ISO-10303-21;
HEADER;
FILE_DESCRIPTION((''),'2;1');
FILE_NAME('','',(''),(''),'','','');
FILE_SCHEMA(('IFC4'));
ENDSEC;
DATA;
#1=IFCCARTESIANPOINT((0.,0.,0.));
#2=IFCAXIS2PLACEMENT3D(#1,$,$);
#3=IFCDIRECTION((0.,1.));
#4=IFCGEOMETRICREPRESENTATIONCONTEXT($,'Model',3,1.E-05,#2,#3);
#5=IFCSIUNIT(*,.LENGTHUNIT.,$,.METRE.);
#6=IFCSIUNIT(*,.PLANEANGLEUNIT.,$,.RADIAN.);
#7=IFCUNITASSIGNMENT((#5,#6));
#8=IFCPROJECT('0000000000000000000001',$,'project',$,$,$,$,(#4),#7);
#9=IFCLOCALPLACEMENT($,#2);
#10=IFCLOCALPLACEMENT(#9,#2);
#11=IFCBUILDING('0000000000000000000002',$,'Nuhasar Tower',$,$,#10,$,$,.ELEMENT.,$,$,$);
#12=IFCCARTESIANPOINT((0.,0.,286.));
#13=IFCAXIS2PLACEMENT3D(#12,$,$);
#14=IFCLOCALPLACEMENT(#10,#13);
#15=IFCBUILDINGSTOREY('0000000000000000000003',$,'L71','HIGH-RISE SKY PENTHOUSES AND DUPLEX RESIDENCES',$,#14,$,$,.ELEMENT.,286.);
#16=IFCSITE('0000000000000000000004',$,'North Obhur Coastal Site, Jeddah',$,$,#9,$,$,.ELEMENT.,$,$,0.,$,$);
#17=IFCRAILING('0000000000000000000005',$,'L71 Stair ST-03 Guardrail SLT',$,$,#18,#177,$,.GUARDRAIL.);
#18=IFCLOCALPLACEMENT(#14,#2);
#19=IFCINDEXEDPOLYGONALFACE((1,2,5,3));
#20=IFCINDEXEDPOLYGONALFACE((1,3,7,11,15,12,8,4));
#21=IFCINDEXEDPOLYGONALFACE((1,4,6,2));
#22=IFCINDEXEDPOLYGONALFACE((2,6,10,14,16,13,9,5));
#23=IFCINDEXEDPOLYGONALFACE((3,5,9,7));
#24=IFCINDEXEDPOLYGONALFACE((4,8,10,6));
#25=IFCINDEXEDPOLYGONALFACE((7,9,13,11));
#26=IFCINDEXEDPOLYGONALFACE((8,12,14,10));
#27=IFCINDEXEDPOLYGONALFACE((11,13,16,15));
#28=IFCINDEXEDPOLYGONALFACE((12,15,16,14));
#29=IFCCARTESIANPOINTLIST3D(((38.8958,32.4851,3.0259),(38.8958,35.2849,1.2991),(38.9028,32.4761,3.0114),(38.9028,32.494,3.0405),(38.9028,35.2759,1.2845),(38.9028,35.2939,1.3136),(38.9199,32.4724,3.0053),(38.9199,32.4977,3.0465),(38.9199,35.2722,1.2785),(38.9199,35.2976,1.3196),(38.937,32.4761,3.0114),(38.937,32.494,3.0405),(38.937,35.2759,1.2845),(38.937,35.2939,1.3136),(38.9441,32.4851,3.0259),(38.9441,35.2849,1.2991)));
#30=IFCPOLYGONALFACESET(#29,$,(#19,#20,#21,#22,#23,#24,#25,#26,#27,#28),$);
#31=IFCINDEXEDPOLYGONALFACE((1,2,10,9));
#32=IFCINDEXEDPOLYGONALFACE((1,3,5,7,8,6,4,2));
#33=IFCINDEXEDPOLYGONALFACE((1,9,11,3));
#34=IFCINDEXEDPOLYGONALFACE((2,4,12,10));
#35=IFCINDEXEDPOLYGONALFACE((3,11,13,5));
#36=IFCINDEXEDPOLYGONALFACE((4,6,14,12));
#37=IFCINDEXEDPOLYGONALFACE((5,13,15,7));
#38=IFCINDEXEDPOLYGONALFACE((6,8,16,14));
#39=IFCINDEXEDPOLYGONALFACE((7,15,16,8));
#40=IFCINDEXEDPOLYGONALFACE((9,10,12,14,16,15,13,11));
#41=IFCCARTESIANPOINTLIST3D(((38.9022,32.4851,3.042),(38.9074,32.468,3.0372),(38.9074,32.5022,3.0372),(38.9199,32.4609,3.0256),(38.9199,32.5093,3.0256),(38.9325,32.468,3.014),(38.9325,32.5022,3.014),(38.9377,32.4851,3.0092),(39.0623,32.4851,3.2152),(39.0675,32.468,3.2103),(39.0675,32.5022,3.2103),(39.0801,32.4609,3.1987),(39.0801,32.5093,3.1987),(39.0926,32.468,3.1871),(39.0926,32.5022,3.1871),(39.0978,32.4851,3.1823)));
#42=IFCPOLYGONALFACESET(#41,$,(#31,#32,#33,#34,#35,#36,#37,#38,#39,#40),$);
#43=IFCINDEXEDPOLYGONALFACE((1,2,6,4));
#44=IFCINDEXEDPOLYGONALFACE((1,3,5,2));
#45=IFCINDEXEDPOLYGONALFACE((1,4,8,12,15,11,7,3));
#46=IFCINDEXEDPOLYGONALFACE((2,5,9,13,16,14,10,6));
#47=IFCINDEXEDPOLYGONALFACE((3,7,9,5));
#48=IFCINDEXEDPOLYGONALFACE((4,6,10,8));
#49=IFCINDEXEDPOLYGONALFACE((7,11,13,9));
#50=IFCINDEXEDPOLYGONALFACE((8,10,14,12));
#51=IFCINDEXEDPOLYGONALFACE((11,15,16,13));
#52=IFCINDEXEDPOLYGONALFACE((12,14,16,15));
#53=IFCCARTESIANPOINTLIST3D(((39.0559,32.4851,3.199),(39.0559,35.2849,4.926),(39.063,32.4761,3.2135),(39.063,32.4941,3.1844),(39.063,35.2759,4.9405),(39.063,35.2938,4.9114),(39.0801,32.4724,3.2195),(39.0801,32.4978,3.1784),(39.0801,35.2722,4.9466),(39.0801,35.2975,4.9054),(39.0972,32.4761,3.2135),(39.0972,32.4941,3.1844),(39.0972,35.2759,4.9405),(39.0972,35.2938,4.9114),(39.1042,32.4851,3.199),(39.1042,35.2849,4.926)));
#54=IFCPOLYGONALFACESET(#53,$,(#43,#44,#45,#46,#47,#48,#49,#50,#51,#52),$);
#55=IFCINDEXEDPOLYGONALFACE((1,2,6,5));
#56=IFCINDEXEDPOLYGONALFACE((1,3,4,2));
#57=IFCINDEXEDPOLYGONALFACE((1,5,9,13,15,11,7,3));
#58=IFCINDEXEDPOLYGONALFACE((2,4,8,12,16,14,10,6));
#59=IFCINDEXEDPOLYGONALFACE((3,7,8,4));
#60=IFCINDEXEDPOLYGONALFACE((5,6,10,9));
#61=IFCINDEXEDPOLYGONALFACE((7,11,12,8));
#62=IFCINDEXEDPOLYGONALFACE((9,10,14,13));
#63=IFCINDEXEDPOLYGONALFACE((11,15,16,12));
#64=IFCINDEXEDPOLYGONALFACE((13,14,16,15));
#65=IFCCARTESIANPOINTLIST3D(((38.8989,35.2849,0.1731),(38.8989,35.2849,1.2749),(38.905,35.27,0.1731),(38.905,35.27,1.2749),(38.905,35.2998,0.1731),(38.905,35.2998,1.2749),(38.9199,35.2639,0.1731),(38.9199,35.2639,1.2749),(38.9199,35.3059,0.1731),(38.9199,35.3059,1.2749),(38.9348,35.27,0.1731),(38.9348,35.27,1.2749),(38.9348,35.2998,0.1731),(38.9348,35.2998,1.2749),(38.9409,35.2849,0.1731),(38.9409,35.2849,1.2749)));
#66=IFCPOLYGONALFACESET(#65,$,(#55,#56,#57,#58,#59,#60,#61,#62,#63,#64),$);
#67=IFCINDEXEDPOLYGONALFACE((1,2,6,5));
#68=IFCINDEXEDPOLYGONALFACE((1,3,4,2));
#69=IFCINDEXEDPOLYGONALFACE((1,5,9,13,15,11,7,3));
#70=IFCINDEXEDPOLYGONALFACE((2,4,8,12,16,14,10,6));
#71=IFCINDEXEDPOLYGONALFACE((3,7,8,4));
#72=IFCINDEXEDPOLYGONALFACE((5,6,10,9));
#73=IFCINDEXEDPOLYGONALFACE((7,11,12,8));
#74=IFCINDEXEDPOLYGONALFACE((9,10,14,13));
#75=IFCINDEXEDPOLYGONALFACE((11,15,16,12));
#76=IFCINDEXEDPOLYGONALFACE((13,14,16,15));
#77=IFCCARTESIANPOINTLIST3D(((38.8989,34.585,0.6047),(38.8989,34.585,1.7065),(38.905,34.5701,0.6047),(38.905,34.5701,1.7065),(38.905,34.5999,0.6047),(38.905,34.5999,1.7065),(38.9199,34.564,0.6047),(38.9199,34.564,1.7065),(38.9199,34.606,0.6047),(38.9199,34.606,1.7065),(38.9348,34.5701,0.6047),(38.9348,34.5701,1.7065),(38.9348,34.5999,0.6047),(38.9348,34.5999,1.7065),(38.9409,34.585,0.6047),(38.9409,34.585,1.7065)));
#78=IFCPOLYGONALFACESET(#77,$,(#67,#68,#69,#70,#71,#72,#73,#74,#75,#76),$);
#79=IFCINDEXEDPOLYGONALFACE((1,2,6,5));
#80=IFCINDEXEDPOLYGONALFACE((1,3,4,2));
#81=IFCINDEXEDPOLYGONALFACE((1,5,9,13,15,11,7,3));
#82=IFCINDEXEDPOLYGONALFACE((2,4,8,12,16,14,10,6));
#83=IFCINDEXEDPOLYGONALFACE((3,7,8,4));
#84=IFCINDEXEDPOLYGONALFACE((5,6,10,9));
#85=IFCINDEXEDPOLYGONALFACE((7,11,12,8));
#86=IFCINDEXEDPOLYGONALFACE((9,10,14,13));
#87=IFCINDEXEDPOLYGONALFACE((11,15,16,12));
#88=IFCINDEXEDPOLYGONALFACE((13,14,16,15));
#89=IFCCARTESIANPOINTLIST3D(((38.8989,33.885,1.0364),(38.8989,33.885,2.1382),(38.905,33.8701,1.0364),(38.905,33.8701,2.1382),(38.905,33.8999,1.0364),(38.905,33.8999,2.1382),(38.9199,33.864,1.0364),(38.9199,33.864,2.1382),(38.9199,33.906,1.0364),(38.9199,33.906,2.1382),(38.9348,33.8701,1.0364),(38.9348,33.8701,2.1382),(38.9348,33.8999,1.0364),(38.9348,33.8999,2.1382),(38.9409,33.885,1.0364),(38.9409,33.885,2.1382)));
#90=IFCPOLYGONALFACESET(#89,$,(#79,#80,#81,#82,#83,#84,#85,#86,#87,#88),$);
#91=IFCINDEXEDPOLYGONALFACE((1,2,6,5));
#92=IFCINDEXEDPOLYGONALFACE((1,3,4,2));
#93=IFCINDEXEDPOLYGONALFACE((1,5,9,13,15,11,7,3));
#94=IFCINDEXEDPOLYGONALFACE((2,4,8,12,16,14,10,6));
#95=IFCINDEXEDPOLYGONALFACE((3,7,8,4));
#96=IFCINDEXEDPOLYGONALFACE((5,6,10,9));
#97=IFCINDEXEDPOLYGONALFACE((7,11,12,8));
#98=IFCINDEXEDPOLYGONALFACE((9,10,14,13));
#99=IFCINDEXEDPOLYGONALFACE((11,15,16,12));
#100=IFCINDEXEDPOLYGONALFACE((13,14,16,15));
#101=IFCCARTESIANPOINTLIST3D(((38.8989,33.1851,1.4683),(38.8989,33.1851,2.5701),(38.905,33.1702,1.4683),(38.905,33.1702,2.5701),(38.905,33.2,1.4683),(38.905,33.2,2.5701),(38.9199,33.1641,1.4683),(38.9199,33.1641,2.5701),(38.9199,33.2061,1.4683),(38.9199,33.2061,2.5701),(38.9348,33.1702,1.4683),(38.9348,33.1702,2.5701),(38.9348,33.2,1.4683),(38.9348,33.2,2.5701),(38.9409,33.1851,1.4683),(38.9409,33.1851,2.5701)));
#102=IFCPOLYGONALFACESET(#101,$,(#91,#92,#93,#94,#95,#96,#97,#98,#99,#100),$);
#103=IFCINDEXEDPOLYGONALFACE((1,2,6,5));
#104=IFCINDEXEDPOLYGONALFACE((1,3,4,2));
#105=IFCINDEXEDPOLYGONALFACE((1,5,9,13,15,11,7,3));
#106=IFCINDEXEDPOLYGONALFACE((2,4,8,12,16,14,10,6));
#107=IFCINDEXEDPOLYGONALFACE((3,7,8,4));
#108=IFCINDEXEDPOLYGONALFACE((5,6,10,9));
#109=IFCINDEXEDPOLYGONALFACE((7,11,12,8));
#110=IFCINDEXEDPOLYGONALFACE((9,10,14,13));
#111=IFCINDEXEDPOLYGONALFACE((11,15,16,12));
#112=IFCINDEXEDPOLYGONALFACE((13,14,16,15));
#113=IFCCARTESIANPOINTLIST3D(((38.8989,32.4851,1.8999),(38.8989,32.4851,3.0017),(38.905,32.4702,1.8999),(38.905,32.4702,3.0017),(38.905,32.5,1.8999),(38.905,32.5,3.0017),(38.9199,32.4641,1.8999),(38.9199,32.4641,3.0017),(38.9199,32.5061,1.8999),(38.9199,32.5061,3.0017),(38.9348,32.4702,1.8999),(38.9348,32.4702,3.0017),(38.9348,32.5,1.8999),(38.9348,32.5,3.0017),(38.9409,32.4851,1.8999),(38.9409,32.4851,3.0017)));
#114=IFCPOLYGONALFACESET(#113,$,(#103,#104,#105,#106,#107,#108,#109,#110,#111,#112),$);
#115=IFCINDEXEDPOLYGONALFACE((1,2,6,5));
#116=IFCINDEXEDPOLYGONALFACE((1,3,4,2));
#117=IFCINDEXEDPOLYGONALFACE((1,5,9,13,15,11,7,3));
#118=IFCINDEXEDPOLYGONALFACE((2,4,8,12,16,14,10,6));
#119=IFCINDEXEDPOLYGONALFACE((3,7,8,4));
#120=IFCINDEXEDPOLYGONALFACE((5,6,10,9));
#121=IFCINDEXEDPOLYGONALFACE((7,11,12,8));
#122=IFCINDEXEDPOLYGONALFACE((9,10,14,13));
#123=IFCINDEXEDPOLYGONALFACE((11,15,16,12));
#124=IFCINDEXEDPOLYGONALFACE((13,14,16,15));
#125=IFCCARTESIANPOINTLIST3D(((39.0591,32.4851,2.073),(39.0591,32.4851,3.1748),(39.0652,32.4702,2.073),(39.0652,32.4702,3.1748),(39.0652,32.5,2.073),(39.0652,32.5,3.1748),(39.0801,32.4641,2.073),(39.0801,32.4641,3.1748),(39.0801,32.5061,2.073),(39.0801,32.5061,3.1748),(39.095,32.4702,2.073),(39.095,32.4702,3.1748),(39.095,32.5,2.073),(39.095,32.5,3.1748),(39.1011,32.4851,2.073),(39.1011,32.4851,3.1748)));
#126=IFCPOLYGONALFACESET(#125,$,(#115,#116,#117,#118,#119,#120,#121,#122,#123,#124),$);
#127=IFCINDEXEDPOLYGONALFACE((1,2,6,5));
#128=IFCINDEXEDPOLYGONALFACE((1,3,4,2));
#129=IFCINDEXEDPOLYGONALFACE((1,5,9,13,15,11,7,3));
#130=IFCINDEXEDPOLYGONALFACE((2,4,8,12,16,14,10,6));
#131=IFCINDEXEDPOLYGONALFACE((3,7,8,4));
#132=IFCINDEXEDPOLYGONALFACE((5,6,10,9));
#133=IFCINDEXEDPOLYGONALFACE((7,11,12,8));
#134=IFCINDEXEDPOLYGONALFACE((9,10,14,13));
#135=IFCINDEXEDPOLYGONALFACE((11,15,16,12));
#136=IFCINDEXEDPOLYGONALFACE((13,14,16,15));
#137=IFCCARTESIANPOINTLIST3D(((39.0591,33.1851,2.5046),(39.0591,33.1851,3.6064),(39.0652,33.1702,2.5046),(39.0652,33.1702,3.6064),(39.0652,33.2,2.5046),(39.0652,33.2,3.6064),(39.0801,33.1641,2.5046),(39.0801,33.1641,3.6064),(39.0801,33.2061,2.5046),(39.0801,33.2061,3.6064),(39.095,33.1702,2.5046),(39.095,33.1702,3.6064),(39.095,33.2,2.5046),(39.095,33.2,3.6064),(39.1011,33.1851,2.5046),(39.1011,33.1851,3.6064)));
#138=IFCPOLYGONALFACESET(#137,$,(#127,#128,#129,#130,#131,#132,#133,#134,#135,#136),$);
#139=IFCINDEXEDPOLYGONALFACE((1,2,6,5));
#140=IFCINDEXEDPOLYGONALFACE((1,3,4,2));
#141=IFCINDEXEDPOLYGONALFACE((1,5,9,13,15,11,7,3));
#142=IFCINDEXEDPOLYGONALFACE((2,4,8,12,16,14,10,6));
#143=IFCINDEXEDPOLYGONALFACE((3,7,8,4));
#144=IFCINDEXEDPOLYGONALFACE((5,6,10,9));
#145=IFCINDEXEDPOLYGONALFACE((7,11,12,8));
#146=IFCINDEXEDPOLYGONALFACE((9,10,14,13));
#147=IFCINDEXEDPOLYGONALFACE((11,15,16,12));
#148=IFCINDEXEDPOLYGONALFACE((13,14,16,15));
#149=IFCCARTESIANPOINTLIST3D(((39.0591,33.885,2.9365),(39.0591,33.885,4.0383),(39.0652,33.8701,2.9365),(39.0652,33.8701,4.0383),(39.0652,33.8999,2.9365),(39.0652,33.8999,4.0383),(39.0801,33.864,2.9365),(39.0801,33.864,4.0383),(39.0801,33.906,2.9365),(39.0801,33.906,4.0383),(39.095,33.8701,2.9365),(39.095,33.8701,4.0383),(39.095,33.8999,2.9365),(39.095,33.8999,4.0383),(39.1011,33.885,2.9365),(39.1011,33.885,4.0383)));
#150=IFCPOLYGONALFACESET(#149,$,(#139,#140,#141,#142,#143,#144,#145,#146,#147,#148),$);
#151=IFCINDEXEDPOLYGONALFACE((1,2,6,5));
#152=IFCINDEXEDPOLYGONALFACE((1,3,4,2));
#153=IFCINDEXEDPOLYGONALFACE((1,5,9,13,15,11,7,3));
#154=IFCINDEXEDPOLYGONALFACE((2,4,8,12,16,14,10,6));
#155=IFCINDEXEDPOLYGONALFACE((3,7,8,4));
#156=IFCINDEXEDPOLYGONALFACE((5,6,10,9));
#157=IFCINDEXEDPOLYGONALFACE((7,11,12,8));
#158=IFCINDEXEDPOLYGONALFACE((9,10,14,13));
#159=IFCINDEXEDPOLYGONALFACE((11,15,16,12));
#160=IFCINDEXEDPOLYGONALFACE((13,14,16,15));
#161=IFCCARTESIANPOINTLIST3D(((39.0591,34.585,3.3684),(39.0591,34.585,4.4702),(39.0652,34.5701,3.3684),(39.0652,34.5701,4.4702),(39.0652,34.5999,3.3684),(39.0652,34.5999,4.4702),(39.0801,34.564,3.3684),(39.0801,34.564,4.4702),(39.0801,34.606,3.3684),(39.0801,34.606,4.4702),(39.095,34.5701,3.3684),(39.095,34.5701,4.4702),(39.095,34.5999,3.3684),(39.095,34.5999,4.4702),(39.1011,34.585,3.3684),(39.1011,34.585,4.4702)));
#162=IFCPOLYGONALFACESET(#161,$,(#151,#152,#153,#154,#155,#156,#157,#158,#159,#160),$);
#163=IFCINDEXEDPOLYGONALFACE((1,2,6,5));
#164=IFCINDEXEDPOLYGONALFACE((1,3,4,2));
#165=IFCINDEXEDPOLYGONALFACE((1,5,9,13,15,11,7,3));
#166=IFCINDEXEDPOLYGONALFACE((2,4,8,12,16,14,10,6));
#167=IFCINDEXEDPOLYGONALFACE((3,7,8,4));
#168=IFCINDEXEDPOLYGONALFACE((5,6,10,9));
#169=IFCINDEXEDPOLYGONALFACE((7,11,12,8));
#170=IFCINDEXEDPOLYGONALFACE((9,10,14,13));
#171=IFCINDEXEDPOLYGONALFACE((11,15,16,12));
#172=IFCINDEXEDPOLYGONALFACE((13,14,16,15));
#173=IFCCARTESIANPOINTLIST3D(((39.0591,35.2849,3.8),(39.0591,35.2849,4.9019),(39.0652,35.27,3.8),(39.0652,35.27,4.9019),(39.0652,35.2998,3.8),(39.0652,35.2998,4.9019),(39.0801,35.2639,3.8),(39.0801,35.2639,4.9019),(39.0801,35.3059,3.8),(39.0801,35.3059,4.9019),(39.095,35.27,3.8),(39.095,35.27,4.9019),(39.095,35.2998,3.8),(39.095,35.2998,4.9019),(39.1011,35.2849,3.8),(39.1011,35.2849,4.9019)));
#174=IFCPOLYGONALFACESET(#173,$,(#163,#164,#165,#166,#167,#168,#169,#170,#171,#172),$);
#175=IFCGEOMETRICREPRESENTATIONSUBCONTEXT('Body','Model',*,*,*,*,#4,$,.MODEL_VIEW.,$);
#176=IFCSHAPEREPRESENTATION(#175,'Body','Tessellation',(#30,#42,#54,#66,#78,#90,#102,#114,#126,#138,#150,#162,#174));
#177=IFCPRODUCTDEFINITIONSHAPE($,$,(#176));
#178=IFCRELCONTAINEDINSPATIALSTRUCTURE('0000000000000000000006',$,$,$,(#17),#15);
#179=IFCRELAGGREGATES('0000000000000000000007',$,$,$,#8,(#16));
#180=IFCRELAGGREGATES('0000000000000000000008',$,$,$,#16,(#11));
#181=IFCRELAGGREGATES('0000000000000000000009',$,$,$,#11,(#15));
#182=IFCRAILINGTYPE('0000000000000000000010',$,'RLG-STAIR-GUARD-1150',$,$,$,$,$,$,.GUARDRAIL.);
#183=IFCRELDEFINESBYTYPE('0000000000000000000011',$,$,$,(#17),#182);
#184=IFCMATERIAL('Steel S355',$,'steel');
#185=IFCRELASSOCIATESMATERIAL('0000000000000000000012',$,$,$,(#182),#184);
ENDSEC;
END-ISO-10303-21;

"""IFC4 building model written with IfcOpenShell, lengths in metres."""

from ifc_helpers import new_model, si_unit, direction, frame, origin, place, context, subcontext, project, spatial, polyline, outline, extrude, material, type_object, element, save


model = new_model("IFC4")

# Units and contexts
model_context = context("Model", 3, precision=1e-05, world=origin(), true_north=direction((0.0, 1.0)))
body_context = subcontext(model_context, "Body", "Model", "MODEL_VIEW")
ifc_project = project(units=[si_unit("LENGTHUNIT", "METRE"), si_unit("PLANEANGLEUNIT", "RADIAN")], contexts=[model_context])

# Site, building, storey
site_placement = place(None, origin())
site = spatial("IfcSite", under=ifc_project, at=site_placement, Name="North Obhur Coastal Site, Jeddah", CompositionType="ELEMENT", RefElevation=0.0)
building_placement = place(site_placement, origin())
building = spatial("IfcBuilding", under=site, at=building_placement, Name="Nuhasar Tower", CompositionType="ELEMENT")
storey_placement = place(building_placement, frame((0.0, 0.0, 286.0)))
storey = spatial("IfcBuildingStorey", under=building, at=storey_placement, Name="L71", Description="HIGH-RISE SKY PENTHOUSES AND DUPLEX RESIDENCES", CompositionType="ELEMENT", Elevation=286.0)

# Shared definitions
ifc_material_1 = material(Name="Steel S355", Category="steel")

# Railing
railing_type_1 = type_object("IfcRailingType", Name="RLG-STAIR-GUARD-1150", PredefinedType="GUARDRAIL", material=ifc_material_1)
railing_1_placement = place(storey_placement, frame((38.9199, 35.2849, 0.1731)))
element("IfcRailing", 1, at=railing_1_placement, inside=storey, type_object=railing_type_1, Name="L71 Stair ST-03 Guardrail SLT", PredefinedType="GUARDRAIL", context=body_context, shape_type="SweptSolid", body=[
    extrude(outline(polyline([(0.0242, 0.0), (0.0171, 0.0171), (0.0, 0.0242), (-0.0171, 0.0171), (-0.0242, 0.0), (-0.0171, -0.0171), (0.0, -0.0242), (0.0171, -0.0171), (0.0242, 0.0)])), frame((0.0, 0.0, 1.126), z_axis=(0.0, -0.851135, 0.524946), x_axis=(1.0, 0.0, 0.0)), (0.0, 0.0, 1.0), 3.2896),
    extrude(outline(polyline([(0.0242, 0.0), (0.0171, 0.0171), (0.0, 0.0242), (-0.0171, 0.0171), (-0.0242, 0.0), (-0.0171, -0.0171), (0.0, -0.0242), (0.0171, -0.0171), (0.0242, 0.0)])), frame((0.0, -2.7998, 2.8525), z_axis=(0.67914, 0.0, 0.734009), x_axis=(0.0, 1.0, 0.0)), (0.0, 0.0, 1.0), 0.2358),
    extrude(outline(polyline([(0.0242, 0.0), (0.0171, 0.0171), (0.0, 0.0242), (-0.0171, 0.0171), (-0.0242, 0.0), (-0.0171, -0.0171), (0.0, -0.0242), (0.0171, -0.0171), (0.0242, 0.0)])), frame((0.1602, -2.7998, 3.0259), z_axis=(0.0, 0.851102, 0.525), x_axis=(-1.0, 0.0, 0.0)), (0.0, 0.0, 1.0), 3.2896),
    extrude(outline(polyline([(0.021, 0.0), (0.0149, 0.0149), (0.0, 0.021), (-0.0149, 0.0149), (-0.021, 0.0), (-0.0149, -0.0149), (0.0, -0.021), (0.0149, -0.0149), (0.021, 0.0)])), origin(), (0.0, 0.0, 1.0), 1.1018),
    extrude(outline(polyline([(0.021, 0.0), (0.0149, 0.0149), (0.0, 0.021), (-0.0149, 0.0149), (-0.021, 0.0), (-0.0149, -0.0149), (0.0, -0.021), (0.0149, -0.0149), (0.021, 0.0)])), frame((0.0, -0.7, 0.4316)), (0.0, 0.0, 1.0), 1.1018),
    extrude(outline(polyline([(0.021, 0.0), (0.0149, 0.0149), (0.0, 0.021), (-0.0149, 0.0149), (-0.021, 0.0), (-0.0149, -0.0149), (0.0, -0.021), (0.0149, -0.0149), (0.021, 0.0)])), frame((0.0, -1.3999, 0.8633)), (0.0, 0.0, 1.0), 1.1018),
    extrude(outline(polyline([(0.021, 0.0), (0.0149, 0.0149), (0.0, 0.021), (-0.0149, 0.0149), (-0.021, 0.0), (-0.0149, -0.0149), (0.0, -0.021), (0.0149, -0.0149), (0.021, 0.0)])), frame((0.0, -2.0999, 1.2952)), (0.0, 0.0, 1.0), 1.1018),
    extrude(outline(polyline([(0.021, 0.0), (0.0149, 0.0149), (0.0, 0.021), (-0.0149, 0.0149), (-0.021, 0.0), (-0.0149, -0.0149), (0.0, -0.021), (0.0149, -0.0149), (0.021, 0.0)])), frame((0.0, -2.7998, 1.7268)), (0.0, 0.0, 1.0), 1.1018),
    extrude(outline(polyline([(0.021, 0.0), (0.0149, 0.0149), (0.0, 0.021), (-0.0149, 0.0149), (-0.021, 0.0), (-0.0149, -0.0149), (0.0, -0.021), (0.0149, -0.0149), (0.021, 0.0)])), frame((0.1602, -2.7998, 1.8999)), (0.0, 0.0, 1.0), 1.1018),
    extrude(outline(polyline([(0.021, 0.0), (0.0149, 0.0149), (0.0, 0.021), (-0.0149, 0.0149), (-0.021, 0.0), (-0.0149, -0.0149), (0.0, -0.021), (0.0149, -0.0149), (0.021, 0.0)])), frame((0.1602, -2.0999, 2.3315)), (0.0, 0.0, 1.0), 1.1018),
    extrude(outline(polyline([(0.021, 0.0), (0.0149, 0.0149), (0.0, 0.021), (-0.0149, 0.0149), (-0.021, 0.0), (-0.0149, -0.0149), (0.0, -0.021), (0.0149, -0.0149), (0.021, 0.0)])), frame((0.1602, -1.3999, 2.7634)), (0.0, 0.0, 1.0), 1.1018),
    extrude(outline(polyline([(0.021, 0.0), (0.0149, 0.0149), (0.0, 0.021), (-0.0149, 0.0149), (-0.021, 0.0), (-0.0149, -0.0149), (0.0, -0.021), (0.0149, -0.0149), (0.021, 0.0)])), frame((0.1602, -0.7, 3.1953)), (0.0, 0.0, 1.0), 1.1018),
    extrude(outline(polyline([(0.021, 0.0), (0.0149, 0.0149), (0.0, 0.021), (-0.0149, 0.0149), (-0.021, 0.0), (-0.0149, -0.0149), (0.0, -0.021), (0.0149, -0.0149), (0.021, 0.0)])), frame((0.1602, 0.0, 3.627)), (0.0, 0.0, 1.0), 1.1018),
])

save(model, "model.ifc")
